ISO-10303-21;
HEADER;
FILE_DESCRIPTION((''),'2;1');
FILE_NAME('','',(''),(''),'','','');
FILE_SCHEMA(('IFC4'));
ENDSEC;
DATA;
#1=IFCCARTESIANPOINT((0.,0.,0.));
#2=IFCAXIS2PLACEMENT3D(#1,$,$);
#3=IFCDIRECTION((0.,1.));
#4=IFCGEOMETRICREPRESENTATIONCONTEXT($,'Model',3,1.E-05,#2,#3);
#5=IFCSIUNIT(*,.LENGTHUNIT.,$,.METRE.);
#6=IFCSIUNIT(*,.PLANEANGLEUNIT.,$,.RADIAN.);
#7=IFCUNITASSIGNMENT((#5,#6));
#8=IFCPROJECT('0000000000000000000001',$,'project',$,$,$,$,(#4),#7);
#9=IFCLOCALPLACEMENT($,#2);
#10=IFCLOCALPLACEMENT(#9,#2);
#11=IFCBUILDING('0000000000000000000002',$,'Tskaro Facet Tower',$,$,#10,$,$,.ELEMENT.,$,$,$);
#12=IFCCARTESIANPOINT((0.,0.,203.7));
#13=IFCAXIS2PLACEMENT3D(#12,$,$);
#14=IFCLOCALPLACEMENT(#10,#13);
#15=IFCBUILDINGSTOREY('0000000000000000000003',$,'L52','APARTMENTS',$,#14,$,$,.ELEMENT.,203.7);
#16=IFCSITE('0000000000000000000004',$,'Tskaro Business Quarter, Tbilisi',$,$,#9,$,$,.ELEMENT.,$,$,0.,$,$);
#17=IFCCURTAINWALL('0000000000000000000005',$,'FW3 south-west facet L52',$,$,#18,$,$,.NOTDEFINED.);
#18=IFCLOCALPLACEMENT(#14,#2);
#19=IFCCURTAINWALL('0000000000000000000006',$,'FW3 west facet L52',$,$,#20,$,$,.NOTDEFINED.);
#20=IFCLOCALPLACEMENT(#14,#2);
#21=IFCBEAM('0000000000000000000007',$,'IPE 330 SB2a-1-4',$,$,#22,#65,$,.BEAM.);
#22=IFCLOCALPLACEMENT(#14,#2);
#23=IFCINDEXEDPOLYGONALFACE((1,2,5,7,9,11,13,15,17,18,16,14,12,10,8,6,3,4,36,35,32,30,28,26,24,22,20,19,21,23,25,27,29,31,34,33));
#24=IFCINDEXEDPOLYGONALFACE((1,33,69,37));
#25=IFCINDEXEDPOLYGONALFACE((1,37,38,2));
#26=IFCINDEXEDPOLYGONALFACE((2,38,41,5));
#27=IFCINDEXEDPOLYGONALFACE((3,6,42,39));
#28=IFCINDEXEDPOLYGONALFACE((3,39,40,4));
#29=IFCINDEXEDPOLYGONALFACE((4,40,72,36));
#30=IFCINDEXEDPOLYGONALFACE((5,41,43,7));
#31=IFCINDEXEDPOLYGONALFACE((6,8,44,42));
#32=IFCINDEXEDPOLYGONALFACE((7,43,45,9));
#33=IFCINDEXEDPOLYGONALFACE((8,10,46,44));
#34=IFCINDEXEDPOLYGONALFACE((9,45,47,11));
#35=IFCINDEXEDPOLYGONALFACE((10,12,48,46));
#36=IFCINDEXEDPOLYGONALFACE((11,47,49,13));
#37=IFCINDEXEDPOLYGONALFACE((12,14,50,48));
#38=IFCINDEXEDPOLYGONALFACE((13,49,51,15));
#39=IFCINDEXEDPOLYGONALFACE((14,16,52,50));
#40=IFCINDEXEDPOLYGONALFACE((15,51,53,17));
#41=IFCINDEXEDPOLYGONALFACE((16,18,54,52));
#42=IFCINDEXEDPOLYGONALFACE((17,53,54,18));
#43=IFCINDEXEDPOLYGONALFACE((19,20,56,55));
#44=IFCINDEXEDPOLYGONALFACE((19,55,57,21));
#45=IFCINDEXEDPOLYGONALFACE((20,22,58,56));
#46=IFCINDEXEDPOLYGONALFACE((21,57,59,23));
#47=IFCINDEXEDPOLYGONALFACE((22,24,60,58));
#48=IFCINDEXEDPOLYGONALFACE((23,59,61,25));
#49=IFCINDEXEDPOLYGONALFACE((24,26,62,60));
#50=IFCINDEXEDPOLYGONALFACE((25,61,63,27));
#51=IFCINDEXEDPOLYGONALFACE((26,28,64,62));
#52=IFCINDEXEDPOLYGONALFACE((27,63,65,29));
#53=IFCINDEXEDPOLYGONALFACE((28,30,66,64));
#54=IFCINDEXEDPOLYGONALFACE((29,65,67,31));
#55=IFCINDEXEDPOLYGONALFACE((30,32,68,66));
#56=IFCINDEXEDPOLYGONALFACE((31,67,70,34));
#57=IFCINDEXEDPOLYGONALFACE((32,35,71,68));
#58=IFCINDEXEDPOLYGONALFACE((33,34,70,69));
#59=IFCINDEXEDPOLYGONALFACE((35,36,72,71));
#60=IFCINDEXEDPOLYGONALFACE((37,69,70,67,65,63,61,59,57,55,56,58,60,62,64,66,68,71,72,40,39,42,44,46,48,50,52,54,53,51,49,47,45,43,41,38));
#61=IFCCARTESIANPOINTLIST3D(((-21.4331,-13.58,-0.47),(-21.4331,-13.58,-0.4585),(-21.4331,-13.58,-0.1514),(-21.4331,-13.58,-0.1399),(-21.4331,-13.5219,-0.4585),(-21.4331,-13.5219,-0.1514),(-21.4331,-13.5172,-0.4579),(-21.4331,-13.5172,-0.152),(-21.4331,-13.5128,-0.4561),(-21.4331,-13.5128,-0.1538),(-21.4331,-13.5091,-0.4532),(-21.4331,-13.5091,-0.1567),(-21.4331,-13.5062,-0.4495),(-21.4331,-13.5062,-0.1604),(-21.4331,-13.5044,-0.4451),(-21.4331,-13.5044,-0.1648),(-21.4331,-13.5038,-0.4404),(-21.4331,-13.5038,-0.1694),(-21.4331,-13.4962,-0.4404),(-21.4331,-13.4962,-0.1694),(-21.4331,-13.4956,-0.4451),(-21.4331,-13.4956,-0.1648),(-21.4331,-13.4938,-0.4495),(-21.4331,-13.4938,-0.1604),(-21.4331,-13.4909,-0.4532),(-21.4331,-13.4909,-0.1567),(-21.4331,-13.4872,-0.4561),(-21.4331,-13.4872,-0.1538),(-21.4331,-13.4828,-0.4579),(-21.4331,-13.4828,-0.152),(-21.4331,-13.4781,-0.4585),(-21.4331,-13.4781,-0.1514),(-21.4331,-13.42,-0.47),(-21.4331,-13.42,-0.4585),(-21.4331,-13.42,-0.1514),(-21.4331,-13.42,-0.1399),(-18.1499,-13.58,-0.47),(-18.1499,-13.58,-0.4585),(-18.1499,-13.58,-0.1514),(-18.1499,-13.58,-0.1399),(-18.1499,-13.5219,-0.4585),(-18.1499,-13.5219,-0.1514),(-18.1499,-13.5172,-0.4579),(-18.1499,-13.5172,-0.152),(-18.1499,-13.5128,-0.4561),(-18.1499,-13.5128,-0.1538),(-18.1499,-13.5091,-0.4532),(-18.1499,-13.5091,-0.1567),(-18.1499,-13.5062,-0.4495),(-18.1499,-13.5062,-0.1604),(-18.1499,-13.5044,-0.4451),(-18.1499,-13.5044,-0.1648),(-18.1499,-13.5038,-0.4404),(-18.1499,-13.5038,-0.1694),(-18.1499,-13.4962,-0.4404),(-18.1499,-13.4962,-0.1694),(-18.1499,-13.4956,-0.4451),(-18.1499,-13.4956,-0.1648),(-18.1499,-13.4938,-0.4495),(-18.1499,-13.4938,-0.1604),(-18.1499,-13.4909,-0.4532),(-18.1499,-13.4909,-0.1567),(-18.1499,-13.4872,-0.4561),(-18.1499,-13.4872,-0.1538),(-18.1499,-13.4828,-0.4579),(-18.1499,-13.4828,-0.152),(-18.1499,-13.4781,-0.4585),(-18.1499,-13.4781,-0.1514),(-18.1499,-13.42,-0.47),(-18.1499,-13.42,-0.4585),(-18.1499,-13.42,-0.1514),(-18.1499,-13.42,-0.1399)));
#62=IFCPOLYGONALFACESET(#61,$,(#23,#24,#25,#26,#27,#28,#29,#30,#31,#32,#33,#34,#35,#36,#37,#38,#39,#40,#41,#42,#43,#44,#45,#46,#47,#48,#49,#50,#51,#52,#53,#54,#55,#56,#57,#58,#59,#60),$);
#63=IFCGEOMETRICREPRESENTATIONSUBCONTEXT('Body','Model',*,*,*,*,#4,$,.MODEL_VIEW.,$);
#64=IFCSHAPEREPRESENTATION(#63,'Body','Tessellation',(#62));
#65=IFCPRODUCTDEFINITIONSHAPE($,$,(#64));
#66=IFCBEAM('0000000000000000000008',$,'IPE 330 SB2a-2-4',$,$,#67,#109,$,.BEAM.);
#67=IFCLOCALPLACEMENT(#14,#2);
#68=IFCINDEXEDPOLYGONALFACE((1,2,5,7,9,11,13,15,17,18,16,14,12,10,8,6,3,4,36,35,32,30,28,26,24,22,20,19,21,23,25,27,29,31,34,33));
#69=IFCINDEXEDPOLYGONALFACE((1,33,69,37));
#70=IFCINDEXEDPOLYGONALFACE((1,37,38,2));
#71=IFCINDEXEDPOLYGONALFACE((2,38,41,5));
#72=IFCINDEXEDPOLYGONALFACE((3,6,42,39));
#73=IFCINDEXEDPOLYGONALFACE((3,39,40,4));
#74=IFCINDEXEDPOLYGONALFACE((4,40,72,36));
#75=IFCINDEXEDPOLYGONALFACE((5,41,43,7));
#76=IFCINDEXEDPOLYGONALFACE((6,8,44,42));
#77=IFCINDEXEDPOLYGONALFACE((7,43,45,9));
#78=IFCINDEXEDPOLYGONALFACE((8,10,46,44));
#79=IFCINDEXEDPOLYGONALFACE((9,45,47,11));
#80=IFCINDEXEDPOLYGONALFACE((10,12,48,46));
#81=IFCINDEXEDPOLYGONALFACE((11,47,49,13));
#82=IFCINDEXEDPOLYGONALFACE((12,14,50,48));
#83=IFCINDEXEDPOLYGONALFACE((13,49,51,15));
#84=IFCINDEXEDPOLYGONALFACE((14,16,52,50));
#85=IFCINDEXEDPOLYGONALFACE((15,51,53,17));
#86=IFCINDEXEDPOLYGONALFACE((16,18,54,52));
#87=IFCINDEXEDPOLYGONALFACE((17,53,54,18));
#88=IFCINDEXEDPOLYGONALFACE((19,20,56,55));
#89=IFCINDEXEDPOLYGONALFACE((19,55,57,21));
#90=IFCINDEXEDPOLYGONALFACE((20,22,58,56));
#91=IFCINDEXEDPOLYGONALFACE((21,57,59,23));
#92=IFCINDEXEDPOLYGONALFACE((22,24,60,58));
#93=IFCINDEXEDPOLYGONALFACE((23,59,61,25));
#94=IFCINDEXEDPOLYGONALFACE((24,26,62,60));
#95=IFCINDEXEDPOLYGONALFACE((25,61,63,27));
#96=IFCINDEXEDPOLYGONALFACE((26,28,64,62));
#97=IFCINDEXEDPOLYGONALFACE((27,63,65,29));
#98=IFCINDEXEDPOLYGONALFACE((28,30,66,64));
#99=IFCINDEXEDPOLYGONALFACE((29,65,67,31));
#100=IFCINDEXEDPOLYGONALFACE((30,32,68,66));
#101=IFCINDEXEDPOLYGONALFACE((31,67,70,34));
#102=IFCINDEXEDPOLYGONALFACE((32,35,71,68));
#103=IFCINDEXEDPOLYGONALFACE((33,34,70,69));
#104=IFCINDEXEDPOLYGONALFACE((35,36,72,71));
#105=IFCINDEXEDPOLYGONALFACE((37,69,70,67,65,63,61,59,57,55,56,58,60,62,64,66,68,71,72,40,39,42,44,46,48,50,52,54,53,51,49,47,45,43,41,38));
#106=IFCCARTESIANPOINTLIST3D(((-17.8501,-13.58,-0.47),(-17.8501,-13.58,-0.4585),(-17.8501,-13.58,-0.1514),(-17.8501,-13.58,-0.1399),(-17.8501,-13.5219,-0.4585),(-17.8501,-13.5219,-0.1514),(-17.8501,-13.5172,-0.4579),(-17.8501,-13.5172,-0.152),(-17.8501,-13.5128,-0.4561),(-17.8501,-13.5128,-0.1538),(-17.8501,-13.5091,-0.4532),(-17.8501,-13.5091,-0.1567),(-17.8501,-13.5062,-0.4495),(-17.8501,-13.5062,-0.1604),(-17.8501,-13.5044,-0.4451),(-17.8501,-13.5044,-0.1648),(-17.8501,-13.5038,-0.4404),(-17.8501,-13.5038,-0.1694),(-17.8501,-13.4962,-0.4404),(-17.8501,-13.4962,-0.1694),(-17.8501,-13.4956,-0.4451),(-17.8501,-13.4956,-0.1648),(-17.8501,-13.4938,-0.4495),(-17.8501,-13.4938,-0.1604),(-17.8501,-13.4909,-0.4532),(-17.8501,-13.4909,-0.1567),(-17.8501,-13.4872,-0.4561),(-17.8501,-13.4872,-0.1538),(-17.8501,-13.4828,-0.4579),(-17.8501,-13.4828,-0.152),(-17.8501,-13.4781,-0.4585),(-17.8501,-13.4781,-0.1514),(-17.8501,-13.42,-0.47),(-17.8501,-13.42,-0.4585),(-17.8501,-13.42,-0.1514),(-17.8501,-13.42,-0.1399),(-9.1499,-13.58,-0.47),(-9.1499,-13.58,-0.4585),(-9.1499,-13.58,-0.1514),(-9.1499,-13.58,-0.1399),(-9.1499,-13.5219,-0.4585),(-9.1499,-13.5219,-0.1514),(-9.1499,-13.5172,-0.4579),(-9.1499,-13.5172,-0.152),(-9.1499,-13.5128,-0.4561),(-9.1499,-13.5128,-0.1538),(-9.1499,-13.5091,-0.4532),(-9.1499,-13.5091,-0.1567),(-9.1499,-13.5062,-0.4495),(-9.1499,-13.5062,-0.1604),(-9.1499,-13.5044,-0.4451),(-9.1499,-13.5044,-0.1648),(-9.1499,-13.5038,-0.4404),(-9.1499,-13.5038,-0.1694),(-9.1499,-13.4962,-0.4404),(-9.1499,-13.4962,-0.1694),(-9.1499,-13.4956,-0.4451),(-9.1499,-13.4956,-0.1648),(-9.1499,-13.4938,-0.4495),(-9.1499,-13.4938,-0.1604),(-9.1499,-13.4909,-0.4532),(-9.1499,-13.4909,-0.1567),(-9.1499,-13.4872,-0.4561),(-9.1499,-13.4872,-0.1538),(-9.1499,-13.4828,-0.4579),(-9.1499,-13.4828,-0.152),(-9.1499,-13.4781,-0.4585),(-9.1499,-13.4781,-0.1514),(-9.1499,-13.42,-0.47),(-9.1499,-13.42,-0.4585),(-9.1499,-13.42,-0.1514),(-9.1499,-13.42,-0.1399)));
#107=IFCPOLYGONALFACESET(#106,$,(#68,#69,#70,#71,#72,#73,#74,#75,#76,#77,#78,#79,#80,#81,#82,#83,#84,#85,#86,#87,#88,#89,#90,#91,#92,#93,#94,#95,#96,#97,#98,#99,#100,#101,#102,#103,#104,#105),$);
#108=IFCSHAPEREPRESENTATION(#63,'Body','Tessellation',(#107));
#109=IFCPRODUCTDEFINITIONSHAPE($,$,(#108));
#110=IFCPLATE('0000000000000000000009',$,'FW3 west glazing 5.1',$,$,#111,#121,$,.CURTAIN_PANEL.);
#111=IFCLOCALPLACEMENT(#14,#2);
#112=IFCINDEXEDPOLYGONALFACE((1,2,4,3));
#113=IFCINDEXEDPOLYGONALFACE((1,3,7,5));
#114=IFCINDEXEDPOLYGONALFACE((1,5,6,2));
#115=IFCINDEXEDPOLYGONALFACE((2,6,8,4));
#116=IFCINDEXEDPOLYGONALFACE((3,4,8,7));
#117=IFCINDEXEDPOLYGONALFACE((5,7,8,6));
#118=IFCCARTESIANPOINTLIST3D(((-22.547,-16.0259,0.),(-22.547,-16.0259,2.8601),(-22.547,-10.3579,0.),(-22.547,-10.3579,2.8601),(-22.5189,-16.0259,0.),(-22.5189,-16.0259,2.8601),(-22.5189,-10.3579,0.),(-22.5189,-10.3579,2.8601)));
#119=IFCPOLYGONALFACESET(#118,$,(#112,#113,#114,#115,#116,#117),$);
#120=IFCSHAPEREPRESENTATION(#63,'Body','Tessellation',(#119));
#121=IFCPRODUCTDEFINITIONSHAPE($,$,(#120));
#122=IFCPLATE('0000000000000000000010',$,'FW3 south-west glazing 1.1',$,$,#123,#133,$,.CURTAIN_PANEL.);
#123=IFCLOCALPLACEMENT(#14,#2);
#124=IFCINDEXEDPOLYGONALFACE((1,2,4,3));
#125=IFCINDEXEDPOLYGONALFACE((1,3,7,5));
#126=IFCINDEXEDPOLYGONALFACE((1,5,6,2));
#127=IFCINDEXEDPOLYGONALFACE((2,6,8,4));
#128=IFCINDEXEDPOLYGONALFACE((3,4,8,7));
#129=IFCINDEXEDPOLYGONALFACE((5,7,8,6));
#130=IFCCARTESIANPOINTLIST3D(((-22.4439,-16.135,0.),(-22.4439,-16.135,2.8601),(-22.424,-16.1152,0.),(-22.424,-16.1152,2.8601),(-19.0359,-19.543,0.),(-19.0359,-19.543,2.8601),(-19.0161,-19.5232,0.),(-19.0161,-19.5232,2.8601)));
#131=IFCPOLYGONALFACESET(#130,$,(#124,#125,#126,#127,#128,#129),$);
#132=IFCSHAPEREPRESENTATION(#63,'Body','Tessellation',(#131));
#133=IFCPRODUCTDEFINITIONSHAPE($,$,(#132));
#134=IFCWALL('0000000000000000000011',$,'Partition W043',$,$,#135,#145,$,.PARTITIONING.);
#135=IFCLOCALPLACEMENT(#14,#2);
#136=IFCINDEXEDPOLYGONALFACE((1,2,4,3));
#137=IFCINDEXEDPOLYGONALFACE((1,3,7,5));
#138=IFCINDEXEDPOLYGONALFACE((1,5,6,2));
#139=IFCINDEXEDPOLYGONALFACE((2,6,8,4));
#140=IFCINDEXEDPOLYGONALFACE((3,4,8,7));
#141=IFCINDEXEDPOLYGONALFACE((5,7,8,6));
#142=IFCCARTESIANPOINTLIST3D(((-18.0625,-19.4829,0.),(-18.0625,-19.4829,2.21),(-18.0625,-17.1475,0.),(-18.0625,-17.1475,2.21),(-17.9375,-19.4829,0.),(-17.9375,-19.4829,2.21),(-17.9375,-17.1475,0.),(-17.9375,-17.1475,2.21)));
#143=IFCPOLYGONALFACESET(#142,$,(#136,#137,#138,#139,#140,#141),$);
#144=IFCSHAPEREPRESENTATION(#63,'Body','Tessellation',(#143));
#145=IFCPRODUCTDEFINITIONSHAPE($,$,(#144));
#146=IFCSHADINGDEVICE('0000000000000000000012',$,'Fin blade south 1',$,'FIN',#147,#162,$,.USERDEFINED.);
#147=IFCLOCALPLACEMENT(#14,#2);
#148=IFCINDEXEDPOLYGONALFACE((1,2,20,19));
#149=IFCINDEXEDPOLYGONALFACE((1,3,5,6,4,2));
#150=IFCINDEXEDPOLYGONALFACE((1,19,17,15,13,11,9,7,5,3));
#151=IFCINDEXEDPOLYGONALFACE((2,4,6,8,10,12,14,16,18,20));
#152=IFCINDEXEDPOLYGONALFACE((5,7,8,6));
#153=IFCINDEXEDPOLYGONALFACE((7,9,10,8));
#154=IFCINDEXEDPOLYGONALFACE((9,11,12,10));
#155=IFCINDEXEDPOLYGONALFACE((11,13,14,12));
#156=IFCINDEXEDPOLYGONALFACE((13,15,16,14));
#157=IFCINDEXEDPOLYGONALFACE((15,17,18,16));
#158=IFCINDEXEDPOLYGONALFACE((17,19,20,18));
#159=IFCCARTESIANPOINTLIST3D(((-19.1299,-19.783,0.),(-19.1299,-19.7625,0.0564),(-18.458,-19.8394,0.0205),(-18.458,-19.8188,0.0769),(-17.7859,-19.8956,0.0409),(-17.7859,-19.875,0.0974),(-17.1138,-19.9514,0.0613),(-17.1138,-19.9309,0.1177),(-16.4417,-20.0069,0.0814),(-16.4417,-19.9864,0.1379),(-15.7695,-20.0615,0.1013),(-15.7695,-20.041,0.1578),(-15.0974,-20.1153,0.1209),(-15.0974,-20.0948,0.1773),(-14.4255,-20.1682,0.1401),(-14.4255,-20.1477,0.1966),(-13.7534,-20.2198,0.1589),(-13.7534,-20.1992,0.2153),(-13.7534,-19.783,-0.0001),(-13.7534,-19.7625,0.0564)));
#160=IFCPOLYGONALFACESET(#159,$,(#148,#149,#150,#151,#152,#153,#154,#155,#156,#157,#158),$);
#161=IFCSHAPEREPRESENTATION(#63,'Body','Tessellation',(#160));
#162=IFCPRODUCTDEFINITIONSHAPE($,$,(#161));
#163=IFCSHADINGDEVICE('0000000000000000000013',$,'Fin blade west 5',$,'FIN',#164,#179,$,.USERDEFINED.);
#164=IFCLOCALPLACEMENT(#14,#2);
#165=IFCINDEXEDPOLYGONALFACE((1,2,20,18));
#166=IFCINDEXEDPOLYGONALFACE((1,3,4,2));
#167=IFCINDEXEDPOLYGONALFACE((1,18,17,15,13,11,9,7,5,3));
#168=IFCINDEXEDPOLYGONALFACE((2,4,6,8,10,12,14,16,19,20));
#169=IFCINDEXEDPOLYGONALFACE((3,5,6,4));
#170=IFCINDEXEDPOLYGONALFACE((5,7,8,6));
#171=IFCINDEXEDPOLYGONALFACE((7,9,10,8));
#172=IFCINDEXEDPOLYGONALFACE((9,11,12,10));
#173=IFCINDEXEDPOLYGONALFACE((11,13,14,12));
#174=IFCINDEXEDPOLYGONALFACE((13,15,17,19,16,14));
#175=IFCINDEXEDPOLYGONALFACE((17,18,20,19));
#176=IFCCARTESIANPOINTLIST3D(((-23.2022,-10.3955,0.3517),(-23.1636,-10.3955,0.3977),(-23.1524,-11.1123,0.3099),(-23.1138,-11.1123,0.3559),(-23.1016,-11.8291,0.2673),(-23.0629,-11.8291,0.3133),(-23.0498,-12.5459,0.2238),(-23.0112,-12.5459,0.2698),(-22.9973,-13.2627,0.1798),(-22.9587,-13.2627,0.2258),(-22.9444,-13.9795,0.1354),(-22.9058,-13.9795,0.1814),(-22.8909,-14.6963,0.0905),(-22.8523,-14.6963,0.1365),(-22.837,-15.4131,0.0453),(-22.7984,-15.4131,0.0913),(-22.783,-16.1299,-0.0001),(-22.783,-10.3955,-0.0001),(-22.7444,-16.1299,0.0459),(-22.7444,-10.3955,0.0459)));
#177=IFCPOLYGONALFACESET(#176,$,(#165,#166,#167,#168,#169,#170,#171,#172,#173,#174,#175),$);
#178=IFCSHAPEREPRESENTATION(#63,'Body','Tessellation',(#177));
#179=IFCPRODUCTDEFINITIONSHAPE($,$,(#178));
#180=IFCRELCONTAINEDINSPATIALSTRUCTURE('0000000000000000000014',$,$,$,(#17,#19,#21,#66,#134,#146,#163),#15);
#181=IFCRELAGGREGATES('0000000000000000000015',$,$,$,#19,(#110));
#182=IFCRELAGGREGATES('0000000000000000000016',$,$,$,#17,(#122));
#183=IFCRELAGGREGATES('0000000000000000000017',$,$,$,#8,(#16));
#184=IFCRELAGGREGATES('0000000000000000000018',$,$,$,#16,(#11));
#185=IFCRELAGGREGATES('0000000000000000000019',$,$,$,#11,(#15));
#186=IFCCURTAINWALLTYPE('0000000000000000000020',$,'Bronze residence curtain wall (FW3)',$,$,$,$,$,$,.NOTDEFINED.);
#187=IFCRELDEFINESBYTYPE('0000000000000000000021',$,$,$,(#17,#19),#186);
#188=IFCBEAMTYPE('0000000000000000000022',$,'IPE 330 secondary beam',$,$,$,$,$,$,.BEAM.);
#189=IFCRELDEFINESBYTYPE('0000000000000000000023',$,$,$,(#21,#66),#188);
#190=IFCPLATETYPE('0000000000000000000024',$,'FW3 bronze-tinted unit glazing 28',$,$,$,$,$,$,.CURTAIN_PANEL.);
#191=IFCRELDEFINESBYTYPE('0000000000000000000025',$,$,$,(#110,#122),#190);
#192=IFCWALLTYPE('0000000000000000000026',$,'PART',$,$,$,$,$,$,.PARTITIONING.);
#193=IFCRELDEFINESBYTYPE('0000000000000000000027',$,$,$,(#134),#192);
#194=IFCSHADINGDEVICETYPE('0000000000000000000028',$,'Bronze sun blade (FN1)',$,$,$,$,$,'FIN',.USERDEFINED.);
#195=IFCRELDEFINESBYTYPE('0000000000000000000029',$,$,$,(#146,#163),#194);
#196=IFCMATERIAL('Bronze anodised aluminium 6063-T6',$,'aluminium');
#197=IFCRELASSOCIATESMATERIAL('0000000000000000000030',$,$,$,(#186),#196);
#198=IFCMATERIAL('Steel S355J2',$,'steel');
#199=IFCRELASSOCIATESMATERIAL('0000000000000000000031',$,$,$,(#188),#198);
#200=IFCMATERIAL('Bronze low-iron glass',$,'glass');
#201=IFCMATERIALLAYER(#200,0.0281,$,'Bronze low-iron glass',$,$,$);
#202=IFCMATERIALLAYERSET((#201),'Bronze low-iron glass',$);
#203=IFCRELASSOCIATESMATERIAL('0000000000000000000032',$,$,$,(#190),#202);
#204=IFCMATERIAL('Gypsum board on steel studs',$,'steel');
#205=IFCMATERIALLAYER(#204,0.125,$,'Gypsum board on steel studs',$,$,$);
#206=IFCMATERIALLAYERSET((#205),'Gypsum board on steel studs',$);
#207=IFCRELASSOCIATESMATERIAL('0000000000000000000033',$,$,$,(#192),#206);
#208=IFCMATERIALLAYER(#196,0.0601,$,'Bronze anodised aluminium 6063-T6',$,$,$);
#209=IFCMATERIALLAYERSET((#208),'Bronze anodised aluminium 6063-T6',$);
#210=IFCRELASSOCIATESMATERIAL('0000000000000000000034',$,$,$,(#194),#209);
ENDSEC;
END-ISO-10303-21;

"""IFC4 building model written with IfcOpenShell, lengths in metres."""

from ifc_helpers import new_model, si_unit, direction, frame, frame_2d, origin, origin_2d, place, context, subcontext, project, spatial, polyline, rectangle, i_section, outline, extrude, material, layer, layer_set, material_profile, profile_set, type_object, element, aggregate, save


model = new_model("IFC4")

# Units and contexts
model_context = context("Model", 3, precision=1e-05, world=origin(), true_north=direction((0.0, 1.0)))
body_context = subcontext(model_context, "Body", "Model", "MODEL_VIEW")
ifc_project = project(units=[si_unit("LENGTHUNIT", "METRE"), si_unit("PLANEANGLEUNIT", "RADIAN")], contexts=[model_context])

# Site, building, storey
site_placement = place(None, origin())
site = spatial("IfcSite", under=ifc_project, at=site_placement, Name="Tskaro Business Quarter, Tbilisi", CompositionType="ELEMENT", RefElevation=0.0)
building_placement = place(site_placement, origin())
building = spatial("IfcBuilding", under=site, at=building_placement, Name="Tskaro Facet Tower", CompositionType="ELEMENT")
storey_placement = place(building_placement, frame((0.0, 0.0, 203.7)))
storey = spatial("IfcBuildingStorey", under=building, at=storey_placement, Name="L52", Description="APARTMENTS", CompositionType="ELEMENT", Elevation=203.7)

# Curtain wall
ifc_material_1 = material(Name="Bronze anodised aluminium 6063-T6", Category="aluminium")
curtain_wall_type = type_object("IfcCurtainWallType", Name="Bronze residence curtain wall (FW3)", PredefinedType="NOTDEFINED", material=ifc_material_1)
curtain_wall_1_placement = place(storey_placement, origin())
curtain_wall_1 = element("IfcCurtainWall", 1, at=curtain_wall_1_placement, inside=storey, type_object=curtain_wall_type, Name="FW3 south-west facet L52", PredefinedType="NOTDEFINED")

# Curtain wall
curtain_wall_2_placement = place(storey_placement, origin())
curtain_wall_2 = element("IfcCurtainWall", 2, at=curtain_wall_2_placement, inside=storey, type_object=curtain_wall_type, Name="FW3 west facet L52", PredefinedType="NOTDEFINED")

# Beams
ifc_material_2 = material(Name="Steel S355J2", Category="steel")
ifc_material_profile_1 = material_profile(ifc_material_2, i_section(OverallWidth=0.1599, OverallDepth=0.3301, WebThickness=0.0076, FlangeThickness=0.0115, FilletRadius=0.0181, at=origin_2d()), Name="IPE 330")
ifc_profile_set_1 = profile_set([ifc_material_profile_1], Name="Steel S355J2")
beam_type_1 = type_object("IfcBeamType", Name="IPE 330 secondary beam", PredefinedType="BEAM", material=ifc_profile_set_1)
beam_1_placement = place(storey_placement, frame((-21.4331, -13.5, -0.3049), z_axis=(1.0, 0.0, 0.0), x_axis=(0.0, 1.0, 0.0)))
element("IfcBeam", 3, at=beam_1_placement, inside=storey, type_object=beam_type_1, Name="IPE 330 SB2a-1-4", PredefinedType="BEAM", context=body_context, shape_type="SweptSolid", body=[
    extrude(i_section(OverallWidth=0.1599, OverallDepth=0.3301, WebThickness=0.0076, FlangeThickness=0.0115, FilletRadius=0.0181, at=origin_2d()), origin(), (0.0, 0.0, 1.0), 3.2832),
])
beam_2_placement = place(storey_placement, frame((-17.8501, -13.5, -0.3049), z_axis=(1.0, 0.0, 0.0), x_axis=(0.0, 1.0, 0.0)))
element("IfcBeam", 4, at=beam_2_placement, inside=storey, type_object=beam_type_1, Name="IPE 330 SB2a-2-4", PredefinedType="BEAM", context=body_context, shape_type="SweptSolid", body=[
    extrude(i_section(OverallWidth=0.1599, OverallDepth=0.3301, WebThickness=0.0076, FlangeThickness=0.0115, FilletRadius=0.0181, at=origin_2d()), origin(), (0.0, 0.0, 1.0), 8.7002),
])

# Plates
ifc_material_3 = material(Name="Bronze low-iron glass", Category="glass")
ifc_layer_1 = layer(ifc_material_3, 0.0281, Name="Bronze low-iron glass")
ifc_layer_set_1 = layer_set([ifc_layer_1], Name="Bronze low-iron glass")
plate_type = type_object("IfcPlateType", Name="FW3 bronze-tinted unit glazing 28", PredefinedType="CURTAIN_PANEL", material=ifc_layer_set_1)
plate_1_placement = place(storey_placement, frame((-22.533, -13.1919, 0.0), z_axis=(0.0, 0.0, 1.0), x_axis=(0.0, -1.0, 0.0)))
plate_1 = element("IfcPlate", 5, at=plate_1_placement, type_object=plate_type, Name="FW3 west glazing 5.1", PredefinedType="CURTAIN_PANEL", context=body_context, shape_type="SweptSolid", body=[
    extrude(rectangle(XDim=5.668, YDim=0.0281, at=origin_2d()), origin(), (0.0, 0.0, 1.0), 2.8601),
])
aggregate(curtain_wall_2, [plate_1])
plate_2_placement = place(storey_placement, frame((-20.73, -17.8291, 0.0), z_axis=(0.0, 0.0, 1.0), x_axis=(0.707107, -0.707107, 0.0)))
plate_2 = element("IfcPlate", 6, at=plate_2_placement, type_object=plate_type, Name="FW3 south-west glazing 1.1", PredefinedType="CURTAIN_PANEL", context=body_context, shape_type="SweptSolid", body=[
    extrude(rectangle(XDim=4.8196, YDim=0.0281, at=origin_2d()), origin(), (0.0, 0.0, 1.0), 2.8601),
])
aggregate(curtain_wall_1, [plate_2])

# Wall
ifc_material_4 = material(Name="Gypsum board on steel studs", Category="steel")
ifc_layer_2 = layer(ifc_material_4, 0.125, Name="Gypsum board on steel studs")
ifc_layer_set_2 = layer_set([ifc_layer_2], Name="Gypsum board on steel studs")
wall_type = type_object("IfcWallType", Name="PART", PredefinedType="PARTITIONING", material=ifc_layer_set_2)
wall_placement = place(storey_placement, frame((-18.0, -19.4829, 0.0), z_axis=(0.0, 0.0, 1.0), x_axis=(0.0, 1.0, 0.0)))
element("IfcWall", 7, at=wall_placement, inside=storey, type_object=wall_type, Name="Partition W043", PredefinedType="PARTITIONING", context=body_context, shape_type="SweptSolid", body=[
    extrude(rectangle(XDim=2.3354, YDim=0.125, at=frame_2d((1.1677, 0.0))), origin(), (0.0, 0.0, 1.0), 2.21),
])

# Shading devices
ifc_layer_3 = layer(ifc_material_1, 0.0601, Name="Bronze anodised aluminium 6063-T6")
ifc_layer_set_3 = layer_set([ifc_layer_3], Name="Bronze anodised aluminium 6063-T6")
shading_device_type = type_object("IfcShadingDeviceType", Name="Bronze sun blade (FN1)", ElementType="FIN", PredefinedType="USERDEFINED", material=ifc_layer_set_3)
shading_device_1_placement = place(storey_placement, frame((-19.1299, -19.7625, 0.0564), z_axis=(0.000008, 0.342039, 0.939686), x_axis=(1.0, -0.000003, -0.000007)))
element("IfcShadingDevice", 8, at=shading_device_1_placement, inside=storey, type_object=shading_device_type, Name="Fin blade south 1", ObjectType="FIN", PredefinedType="USERDEFINED", context=body_context, shape_type="SweptSolid", body=[
    extrude(outline(polyline([(0.0, 0.0), (5.3765, 0.0), (5.3765, -0.4648), (4.7043, -0.4099), (4.0325, -0.3537), (3.3604, -0.2964), (2.6882, -0.2383), (2.0161, -0.1793), (1.344, -0.1198), (0.6719, -0.06), (0.0, 0.0)])), origin(), (0.0, 0.0, -1.0), 0.0601),
])
shading_device_2_placement = place(storey_placement, frame((-22.7444, -10.3955, 0.0459), z_axis=(0.642898, 0.000005, 0.765952), x_axis=(0.000003, -1.0, 0.000004)))
element("IfcShadingDevice", 9, at=shading_device_2_placement, inside=storey, type_object=shading_device_type, Name="Fin blade west 5", ObjectType="FIN", PredefinedType="USERDEFINED", context=body_context, shape_type="SweptSolid", body=[
    extrude(outline(polyline([(0.0, 0.0), (5.7344, 0.0), (5.0176, -0.0705), (4.3008, -0.1409), (3.584, -0.2107), (2.8672, -0.2799), (2.1504, -0.3483), (1.4336, -0.4159), (0.7168, -0.4823), (0.0, -0.5473), (0.0, 0.0)])), origin(), (0.0, 0.0, -1.0), 0.0601),
])

save(model, "model.ifc")
